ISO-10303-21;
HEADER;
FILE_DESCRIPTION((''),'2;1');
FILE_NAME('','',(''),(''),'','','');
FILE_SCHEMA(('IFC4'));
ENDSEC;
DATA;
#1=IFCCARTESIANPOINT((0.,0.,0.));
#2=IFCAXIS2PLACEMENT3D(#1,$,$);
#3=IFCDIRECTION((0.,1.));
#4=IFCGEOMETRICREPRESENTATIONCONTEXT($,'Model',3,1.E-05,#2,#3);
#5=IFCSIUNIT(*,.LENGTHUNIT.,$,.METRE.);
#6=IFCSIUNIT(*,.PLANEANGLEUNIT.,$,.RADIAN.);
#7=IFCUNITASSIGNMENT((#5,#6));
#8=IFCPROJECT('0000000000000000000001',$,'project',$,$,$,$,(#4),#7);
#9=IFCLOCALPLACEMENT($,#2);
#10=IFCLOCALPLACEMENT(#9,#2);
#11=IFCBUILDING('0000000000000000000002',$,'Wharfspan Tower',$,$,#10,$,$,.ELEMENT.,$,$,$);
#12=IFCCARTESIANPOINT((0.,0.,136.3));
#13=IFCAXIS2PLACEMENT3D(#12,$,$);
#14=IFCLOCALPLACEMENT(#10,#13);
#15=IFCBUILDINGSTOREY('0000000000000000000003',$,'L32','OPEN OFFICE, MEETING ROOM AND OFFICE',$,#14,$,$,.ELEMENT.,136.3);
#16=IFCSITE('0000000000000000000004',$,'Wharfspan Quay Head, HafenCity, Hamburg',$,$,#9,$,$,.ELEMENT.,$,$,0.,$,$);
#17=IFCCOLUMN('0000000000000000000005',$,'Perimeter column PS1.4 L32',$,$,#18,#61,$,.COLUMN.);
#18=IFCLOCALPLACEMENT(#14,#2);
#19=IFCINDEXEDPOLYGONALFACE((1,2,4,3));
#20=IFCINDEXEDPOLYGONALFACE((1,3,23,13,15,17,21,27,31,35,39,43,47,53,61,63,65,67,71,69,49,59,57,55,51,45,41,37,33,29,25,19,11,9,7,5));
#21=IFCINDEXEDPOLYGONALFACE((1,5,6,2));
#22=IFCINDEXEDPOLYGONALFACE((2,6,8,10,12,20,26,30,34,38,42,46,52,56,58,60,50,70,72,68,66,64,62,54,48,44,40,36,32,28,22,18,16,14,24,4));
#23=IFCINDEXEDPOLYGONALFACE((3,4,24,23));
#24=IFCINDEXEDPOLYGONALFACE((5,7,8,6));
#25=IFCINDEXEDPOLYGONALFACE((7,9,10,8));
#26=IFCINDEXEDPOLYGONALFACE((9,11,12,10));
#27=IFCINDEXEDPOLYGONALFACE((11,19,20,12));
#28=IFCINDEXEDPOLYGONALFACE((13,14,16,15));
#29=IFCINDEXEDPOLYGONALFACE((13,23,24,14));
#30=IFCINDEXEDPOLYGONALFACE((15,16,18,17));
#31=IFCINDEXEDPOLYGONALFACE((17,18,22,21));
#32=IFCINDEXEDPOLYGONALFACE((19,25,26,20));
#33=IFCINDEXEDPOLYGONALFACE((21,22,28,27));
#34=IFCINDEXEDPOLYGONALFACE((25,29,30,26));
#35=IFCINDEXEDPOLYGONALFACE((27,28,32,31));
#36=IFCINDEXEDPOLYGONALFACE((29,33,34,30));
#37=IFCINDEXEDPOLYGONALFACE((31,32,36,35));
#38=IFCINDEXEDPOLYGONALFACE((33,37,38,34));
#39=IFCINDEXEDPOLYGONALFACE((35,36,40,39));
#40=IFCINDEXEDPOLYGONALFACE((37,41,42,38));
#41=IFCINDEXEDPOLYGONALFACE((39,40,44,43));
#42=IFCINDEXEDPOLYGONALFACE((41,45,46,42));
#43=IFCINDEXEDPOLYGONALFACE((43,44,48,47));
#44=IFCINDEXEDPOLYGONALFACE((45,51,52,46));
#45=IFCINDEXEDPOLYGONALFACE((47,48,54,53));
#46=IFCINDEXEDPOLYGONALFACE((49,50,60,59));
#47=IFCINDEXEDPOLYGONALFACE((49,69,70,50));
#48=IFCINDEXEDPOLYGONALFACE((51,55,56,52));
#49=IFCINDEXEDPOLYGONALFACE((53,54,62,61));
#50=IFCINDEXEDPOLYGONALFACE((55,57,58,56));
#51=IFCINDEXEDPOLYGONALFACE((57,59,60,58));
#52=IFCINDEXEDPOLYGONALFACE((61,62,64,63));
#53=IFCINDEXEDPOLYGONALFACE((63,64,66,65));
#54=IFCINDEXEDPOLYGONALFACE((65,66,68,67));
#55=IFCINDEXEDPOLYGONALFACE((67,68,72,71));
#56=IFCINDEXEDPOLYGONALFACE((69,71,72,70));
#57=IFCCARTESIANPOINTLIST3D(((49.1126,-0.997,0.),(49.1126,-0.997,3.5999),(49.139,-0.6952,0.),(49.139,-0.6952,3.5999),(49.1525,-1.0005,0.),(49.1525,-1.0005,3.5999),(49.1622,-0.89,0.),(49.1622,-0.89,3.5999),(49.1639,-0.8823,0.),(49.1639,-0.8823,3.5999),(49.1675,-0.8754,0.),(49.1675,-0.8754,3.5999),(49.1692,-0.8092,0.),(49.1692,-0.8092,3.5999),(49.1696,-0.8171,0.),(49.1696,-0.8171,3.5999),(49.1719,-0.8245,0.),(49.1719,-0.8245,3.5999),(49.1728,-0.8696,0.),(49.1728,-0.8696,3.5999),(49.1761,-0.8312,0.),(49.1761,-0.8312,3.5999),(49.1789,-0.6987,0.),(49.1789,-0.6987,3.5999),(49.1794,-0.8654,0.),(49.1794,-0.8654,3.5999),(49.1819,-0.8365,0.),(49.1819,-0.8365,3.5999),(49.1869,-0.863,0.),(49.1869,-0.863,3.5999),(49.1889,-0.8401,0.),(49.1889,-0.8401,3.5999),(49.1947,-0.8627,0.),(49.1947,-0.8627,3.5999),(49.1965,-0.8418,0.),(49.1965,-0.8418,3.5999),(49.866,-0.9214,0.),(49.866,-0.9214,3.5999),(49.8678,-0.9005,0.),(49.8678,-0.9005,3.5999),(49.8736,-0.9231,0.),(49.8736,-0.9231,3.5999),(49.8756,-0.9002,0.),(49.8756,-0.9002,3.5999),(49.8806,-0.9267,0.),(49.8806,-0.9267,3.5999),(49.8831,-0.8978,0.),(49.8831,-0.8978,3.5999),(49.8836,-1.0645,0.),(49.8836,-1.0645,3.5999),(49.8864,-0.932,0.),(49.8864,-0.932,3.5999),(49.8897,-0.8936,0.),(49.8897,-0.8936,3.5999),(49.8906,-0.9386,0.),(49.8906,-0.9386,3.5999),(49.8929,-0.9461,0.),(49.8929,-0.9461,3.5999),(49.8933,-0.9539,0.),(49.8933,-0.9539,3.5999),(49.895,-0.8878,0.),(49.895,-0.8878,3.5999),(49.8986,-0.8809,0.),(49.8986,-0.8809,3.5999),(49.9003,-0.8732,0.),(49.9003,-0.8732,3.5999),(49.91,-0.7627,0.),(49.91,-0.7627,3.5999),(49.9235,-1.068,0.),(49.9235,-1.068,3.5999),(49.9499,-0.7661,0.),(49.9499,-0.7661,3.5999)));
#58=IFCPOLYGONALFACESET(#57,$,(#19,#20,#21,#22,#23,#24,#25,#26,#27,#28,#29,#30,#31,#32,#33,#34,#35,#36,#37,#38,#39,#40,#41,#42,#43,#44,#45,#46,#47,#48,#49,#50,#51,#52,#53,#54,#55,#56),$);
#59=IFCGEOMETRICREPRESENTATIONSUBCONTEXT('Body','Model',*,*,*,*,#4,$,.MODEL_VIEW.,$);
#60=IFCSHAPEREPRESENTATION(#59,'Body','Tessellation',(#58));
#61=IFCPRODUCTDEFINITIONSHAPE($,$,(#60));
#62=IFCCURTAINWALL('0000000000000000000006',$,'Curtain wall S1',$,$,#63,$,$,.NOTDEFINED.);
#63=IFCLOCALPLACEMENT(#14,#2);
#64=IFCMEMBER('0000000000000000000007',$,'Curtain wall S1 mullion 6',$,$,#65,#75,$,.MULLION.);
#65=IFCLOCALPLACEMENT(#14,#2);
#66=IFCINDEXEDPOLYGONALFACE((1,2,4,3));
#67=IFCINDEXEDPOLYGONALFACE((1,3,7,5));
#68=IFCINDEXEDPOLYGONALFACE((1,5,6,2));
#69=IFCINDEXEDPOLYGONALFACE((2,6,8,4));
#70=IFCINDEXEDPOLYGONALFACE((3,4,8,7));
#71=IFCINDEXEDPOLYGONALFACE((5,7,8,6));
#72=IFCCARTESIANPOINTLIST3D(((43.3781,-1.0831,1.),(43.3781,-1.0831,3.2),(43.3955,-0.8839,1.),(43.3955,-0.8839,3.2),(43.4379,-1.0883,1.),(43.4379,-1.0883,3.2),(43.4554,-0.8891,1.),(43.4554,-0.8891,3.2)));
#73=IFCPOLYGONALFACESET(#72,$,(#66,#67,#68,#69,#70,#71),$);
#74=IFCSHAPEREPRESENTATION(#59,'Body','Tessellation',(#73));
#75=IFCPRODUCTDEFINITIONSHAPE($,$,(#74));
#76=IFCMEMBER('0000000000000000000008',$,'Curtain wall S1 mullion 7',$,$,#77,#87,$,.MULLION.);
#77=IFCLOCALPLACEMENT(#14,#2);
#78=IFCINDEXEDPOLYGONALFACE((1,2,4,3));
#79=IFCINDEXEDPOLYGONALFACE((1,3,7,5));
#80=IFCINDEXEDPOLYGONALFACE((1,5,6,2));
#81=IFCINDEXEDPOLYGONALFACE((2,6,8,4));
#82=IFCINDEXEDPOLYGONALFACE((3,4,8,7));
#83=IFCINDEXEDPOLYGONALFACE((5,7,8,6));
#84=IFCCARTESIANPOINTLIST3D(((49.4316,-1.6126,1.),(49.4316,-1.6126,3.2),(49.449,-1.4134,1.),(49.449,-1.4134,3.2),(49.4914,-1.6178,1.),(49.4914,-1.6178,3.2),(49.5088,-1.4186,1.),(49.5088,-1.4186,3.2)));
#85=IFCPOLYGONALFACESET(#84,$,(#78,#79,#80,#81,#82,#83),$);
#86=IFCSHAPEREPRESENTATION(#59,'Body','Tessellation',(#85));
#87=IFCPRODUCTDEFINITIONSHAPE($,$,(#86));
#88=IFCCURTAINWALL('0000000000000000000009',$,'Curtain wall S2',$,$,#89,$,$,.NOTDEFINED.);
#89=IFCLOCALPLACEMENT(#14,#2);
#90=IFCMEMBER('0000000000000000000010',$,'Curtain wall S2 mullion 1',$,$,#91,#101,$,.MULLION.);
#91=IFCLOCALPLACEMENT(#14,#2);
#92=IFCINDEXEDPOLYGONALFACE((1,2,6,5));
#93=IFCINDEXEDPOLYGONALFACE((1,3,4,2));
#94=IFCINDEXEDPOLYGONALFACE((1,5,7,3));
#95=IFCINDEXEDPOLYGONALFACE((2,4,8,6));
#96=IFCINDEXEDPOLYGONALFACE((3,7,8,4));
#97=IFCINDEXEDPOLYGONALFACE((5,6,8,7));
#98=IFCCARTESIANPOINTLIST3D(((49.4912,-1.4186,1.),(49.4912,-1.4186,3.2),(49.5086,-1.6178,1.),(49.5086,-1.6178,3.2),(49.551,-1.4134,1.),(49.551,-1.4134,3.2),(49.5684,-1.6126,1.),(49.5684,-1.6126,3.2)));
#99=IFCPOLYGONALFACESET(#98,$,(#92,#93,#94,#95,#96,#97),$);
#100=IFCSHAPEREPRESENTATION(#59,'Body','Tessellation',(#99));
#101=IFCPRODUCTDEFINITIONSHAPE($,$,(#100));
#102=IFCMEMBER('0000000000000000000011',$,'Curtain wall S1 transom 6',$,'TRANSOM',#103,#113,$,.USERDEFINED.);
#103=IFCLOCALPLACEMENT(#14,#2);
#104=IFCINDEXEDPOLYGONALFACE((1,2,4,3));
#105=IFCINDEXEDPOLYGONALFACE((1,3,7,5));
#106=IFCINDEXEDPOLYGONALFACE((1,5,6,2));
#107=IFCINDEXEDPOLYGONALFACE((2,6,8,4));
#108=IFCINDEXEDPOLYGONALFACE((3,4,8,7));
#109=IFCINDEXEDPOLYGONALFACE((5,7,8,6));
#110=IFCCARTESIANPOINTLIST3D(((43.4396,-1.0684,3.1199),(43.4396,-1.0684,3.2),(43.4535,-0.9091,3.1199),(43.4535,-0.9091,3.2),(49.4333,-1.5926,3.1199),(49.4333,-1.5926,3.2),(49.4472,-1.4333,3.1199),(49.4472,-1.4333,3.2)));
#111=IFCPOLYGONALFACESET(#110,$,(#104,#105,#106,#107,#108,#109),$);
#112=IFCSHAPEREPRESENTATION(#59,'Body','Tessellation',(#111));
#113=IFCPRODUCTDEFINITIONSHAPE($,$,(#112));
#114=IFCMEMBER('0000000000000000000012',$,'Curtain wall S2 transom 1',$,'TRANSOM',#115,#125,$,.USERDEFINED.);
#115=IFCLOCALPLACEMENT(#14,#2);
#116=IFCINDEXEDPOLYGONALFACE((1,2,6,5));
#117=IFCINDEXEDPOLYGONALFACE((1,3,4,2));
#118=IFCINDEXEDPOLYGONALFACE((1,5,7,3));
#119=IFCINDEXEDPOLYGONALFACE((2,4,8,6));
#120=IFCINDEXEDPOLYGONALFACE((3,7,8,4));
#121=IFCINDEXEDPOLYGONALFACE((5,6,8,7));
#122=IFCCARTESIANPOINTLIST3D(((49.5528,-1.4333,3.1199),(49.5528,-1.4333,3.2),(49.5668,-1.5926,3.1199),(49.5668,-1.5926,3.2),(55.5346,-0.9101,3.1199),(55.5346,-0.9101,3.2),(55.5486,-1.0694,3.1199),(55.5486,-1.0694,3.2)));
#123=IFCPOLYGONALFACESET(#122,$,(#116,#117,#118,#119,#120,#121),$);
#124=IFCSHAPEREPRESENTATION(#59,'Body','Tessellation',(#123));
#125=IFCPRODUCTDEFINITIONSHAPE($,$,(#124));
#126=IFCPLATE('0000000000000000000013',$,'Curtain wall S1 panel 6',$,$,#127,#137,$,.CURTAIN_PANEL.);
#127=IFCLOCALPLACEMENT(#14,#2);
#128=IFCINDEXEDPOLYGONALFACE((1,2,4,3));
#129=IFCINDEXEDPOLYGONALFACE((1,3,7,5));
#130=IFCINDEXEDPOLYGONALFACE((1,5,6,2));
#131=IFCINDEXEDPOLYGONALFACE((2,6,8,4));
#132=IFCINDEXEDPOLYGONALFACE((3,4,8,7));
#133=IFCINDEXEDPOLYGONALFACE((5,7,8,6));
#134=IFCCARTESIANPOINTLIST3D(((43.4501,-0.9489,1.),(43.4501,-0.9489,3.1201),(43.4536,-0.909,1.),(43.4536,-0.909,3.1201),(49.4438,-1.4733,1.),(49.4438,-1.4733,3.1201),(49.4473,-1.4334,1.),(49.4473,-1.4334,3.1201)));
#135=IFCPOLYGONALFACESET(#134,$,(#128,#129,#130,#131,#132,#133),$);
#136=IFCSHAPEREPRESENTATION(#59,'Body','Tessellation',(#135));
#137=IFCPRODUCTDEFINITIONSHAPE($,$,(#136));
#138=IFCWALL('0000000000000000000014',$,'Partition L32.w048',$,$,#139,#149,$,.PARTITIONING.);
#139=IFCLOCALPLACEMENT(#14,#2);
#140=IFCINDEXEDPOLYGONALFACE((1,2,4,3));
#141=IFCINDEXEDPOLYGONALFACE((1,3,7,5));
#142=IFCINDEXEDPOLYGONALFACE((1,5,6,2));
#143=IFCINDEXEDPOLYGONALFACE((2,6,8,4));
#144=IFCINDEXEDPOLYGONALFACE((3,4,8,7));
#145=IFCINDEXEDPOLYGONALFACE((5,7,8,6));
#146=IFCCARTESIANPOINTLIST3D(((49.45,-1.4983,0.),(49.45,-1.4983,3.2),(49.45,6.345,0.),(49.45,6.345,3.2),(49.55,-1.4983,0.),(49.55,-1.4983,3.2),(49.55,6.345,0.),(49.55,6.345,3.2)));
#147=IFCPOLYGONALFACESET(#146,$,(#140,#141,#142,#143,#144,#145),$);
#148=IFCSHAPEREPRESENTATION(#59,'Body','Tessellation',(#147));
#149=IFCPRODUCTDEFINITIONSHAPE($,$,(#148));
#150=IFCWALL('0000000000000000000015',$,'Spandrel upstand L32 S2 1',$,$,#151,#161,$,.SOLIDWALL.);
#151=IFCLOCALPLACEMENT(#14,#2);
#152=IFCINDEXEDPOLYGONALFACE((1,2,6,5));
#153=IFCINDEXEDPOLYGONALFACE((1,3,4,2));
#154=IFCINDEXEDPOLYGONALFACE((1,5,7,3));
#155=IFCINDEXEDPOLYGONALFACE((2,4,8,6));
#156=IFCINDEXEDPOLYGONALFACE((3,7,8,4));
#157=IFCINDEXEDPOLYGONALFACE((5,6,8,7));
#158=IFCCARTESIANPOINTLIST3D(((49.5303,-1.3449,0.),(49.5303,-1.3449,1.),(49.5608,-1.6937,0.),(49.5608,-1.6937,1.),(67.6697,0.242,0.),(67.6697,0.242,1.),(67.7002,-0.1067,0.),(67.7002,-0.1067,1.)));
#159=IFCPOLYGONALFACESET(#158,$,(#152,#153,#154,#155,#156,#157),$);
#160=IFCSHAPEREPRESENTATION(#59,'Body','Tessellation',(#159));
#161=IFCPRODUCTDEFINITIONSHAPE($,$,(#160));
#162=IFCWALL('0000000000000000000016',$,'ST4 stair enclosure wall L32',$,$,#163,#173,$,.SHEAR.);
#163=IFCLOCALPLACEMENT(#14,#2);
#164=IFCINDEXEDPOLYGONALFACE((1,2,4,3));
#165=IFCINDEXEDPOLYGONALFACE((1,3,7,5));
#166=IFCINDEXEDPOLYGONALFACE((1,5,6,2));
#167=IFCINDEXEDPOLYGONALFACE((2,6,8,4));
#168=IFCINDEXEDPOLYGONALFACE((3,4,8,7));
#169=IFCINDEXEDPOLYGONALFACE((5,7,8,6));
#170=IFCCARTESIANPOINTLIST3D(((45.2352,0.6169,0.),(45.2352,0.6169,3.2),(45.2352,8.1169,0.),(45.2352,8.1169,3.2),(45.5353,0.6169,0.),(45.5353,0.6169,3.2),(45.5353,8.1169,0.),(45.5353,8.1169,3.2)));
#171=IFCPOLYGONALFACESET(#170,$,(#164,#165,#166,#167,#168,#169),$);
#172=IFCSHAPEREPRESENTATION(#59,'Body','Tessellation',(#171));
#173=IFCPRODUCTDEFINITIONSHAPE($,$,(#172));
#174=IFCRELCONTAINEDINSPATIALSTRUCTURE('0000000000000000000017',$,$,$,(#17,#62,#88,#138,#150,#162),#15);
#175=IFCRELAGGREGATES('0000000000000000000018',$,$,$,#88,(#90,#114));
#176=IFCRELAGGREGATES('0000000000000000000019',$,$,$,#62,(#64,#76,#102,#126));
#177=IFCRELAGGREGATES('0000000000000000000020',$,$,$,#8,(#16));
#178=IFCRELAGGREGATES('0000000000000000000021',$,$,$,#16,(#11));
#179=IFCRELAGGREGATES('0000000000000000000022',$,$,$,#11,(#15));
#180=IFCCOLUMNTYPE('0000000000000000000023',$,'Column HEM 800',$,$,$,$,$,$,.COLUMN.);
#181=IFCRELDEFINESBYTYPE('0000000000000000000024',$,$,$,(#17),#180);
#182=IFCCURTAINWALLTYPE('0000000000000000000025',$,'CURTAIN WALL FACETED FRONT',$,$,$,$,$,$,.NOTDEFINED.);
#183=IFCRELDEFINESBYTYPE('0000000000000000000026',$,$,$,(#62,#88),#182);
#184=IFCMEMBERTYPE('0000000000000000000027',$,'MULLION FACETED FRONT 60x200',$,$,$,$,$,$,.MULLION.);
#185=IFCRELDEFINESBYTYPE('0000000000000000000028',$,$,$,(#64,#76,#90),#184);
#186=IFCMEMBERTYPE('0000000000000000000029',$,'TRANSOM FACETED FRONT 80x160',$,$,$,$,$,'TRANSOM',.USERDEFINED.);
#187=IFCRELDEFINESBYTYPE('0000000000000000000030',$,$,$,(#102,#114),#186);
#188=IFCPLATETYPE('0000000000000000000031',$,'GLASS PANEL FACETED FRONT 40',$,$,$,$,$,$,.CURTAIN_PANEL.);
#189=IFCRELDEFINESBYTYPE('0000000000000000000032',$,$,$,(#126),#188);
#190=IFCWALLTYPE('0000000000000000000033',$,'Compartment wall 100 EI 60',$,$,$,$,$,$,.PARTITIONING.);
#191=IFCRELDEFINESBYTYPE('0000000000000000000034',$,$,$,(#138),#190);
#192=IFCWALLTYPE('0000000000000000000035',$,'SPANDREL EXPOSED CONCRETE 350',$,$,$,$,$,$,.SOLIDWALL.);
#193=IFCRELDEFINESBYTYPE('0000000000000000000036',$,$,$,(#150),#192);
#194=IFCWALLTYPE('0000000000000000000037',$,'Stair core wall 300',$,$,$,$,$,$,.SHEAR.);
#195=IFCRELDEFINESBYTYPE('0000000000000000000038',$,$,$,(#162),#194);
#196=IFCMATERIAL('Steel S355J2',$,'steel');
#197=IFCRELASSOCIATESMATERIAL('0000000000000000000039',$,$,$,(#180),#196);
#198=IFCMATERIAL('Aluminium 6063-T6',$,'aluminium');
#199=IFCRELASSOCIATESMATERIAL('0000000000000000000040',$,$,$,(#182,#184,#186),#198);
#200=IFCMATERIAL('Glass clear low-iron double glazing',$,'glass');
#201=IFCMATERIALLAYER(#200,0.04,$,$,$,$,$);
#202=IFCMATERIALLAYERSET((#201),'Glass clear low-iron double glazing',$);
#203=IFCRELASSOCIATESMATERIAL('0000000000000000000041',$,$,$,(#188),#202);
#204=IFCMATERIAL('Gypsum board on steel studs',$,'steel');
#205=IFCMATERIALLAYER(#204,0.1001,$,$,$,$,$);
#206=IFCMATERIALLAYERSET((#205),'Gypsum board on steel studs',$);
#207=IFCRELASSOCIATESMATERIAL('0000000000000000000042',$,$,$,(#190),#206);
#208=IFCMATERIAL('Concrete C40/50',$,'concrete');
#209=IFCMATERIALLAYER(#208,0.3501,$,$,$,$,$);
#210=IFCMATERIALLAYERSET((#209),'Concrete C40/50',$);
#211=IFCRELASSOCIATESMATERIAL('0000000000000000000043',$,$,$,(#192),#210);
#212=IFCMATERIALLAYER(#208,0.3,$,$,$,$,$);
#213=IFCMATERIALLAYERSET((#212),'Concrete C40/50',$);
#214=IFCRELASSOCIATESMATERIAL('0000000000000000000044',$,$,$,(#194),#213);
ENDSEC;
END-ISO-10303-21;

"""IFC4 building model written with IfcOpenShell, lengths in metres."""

from ifc_helpers import new_model, si_unit, direction, frame, frame_2d, origin, origin_2d, place, context, subcontext, project, spatial, rectangle, i_section, extrude, material, layer, layer_set, material_profile, profile_set, type_object, element, aggregate, save


model = new_model("IFC4")

# Units and contexts
model_context = context("Model", 3, precision=1e-05, world=origin(), true_north=direction((0.0, 1.0)))
body_context = subcontext(model_context, "Body", "Model", "MODEL_VIEW")
ifc_project = project(units=[si_unit("LENGTHUNIT", "METRE"), si_unit("PLANEANGLEUNIT", "RADIAN")], contexts=[model_context])

# Site, building, storey
site_placement = place(None, origin())
site = spatial("IfcSite", under=ifc_project, at=site_placement, Name="Wharfspan Quay Head, HafenCity, Hamburg", CompositionType="ELEMENT", RefElevation=0.0)
building_placement = place(site_placement, origin())
building = spatial("IfcBuilding", under=site, at=building_placement, Name="Wharfspan Tower", CompositionType="ELEMENT")
storey_placement = place(building_placement, frame((0.0, 0.0, 136.3)))
storey = spatial("IfcBuildingStorey", under=building, at=storey_placement, Name="L32", Description="OPEN OFFICE, MEETING ROOM AND OFFICE", CompositionType="ELEMENT", Elevation=136.3)

# Column
ifc_material_1 = material(Name="Steel S355J2", Category="steel")
ifc_material_profile_1 = material_profile(ifc_material_1, i_section(OverallWidth=0.303, OverallDepth=0.814, WebThickness=0.021, FlangeThickness=0.04, FilletRadius=0.03, at=origin_2d()))
ifc_profile_set_1 = profile_set([ifc_material_profile_1], Name="Steel S355J2")
column_type = type_object("IfcColumnType", Name="Column HEM 800", PredefinedType="COLUMN", material=ifc_profile_set_1)
column_placement = place(storey_placement, frame((49.5312, -0.8816, 0.0), z_axis=(0.0, 0.0, 1.0), x_axis=(-0.087156, -0.996198, 0.0)))
element("IfcColumn", 1, at=column_placement, inside=storey, type_object=column_type, Name="Perimeter column PS1.4 L32", PredefinedType="COLUMN", context=body_context, shape_type="SweptSolid", body=[
    extrude(i_section(OverallWidth=0.303, OverallDepth=0.814, WebThickness=0.021, FlangeThickness=0.04, FilletRadius=0.03, at=origin_2d()), origin(), (0.0, 0.0, 1.0), 3.5999),
])

# Curtain wall, members
ifc_material_2 = material(Name="Aluminium 6063-T6", Category="aluminium")
curtain_wall_type = type_object("IfcCurtainWallType", Name="CURTAIN WALL FACETED FRONT", PredefinedType="NOTDEFINED", material=ifc_material_2)
curtain_wall_1_placement = place(storey_placement, origin())
curtain_wall_1 = element("IfcCurtainWall", 2, at=curtain_wall_1_placement, inside=storey, type_object=curtain_wall_type, Name="Curtain wall S1", PredefinedType="NOTDEFINED")
ifc_material_profile_2 = material_profile(ifc_material_2, rectangle(XDim=0.2, YDim=0.0601, at=origin_2d()))
ifc_profile_set_2 = profile_set([ifc_material_profile_2], Name="Aluminium 6063-T6")
member_type_1 = type_object("IfcMemberType", Name="MULLION FACETED FRONT 60x200", PredefinedType="MULLION", material=ifc_profile_set_2)
member_1_placement = place(storey_placement, frame((43.4167, -0.9861, 1.0), z_axis=(0.0, 0.0, 1.0), x_axis=(0.087156, 0.996198, 0.0)))
member_1 = element("IfcMember", 3, at=member_1_placement, type_object=member_type_1, Name="Curtain wall S1 mullion 6", PredefinedType="MULLION", context=body_context, shape_type="SweptSolid", body=[
    extrude(rectangle(XDim=0.2, YDim=0.0601, at=origin_2d()), origin(), (0.0, 0.0, 1.0), 2.2),
])
member_2_placement = place(storey_placement, frame((49.4702, -1.5156, 1.0), z_axis=(0.0, 0.0, 1.0), x_axis=(0.087156, 0.996198, 0.0)))
member_2 = element("IfcMember", 4, at=member_2_placement, type_object=member_type_1, Name="Curtain wall S1 mullion 7", PredefinedType="MULLION", context=body_context, shape_type="SweptSolid", body=[
    extrude(rectangle(XDim=0.2, YDim=0.0601, at=origin_2d()), origin(), (0.0, 0.0, 1.0), 2.2),
])

# Curtain wall, member
curtain_wall_2_placement = place(storey_placement, origin())
curtain_wall_2 = element("IfcCurtainWall", 5, at=curtain_wall_2_placement, inside=storey, type_object=curtain_wall_type, Name="Curtain wall S2", PredefinedType="NOTDEFINED")
member_3_placement = place(storey_placement, frame((49.5298, -1.5156, 1.0), z_axis=(0.0, 0.0, 1.0), x_axis=(-0.087156, 0.996198, 0.0)))
member_3 = element("IfcMember", 6, at=member_3_placement, type_object=member_type_1, Name="Curtain wall S2 mullion 1", PredefinedType="MULLION", context=body_context, shape_type="SweptSolid", body=[
    extrude(rectangle(XDim=0.2, YDim=0.0601, at=origin_2d()), origin(), (0.0, 0.0, 1.0), 2.2),
])

# Members
ifc_material_profile_3 = material_profile(ifc_material_2, rectangle(XDim=0.1599, YDim=0.0801, at=origin_2d()))
ifc_profile_set_3 = profile_set([ifc_material_profile_3], Name="Aluminium 6063-T6")
member_type_2 = type_object("IfcMemberType", Name="TRANSOM FACETED FRONT 80x160", ElementType="TRANSOM", PredefinedType="USERDEFINED", material=ifc_profile_set_3)
member_4_placement = place(storey_placement, frame((43.4465, -0.9888, 3.1599), z_axis=(0.996198, -0.087122, 0.0), x_axis=(0.087122, 0.996198, 0.0)))
member_4 = element("IfcMember", 7, at=member_4_placement, type_object=member_type_2, Name="Curtain wall S1 transom 6", ObjectType="TRANSOM", PredefinedType="USERDEFINED", context=body_context, shape_type="SweptSolid", body=[
    extrude(rectangle(XDim=0.1599, YDim=0.0801, at=origin_2d()), origin(), (0.0, 0.0, 1.0), 6.0166),
])
member_5_placement = place(storey_placement, frame((49.5598, -1.5129, 3.1599), z_axis=(0.996197, 0.087133, 0.0), x_axis=(-0.087133, 0.996197, 0.0)))
member_5 = element("IfcMember", 8, at=member_5_placement, type_object=member_type_2, Name="Curtain wall S2 transom 1", ObjectType="TRANSOM", PredefinedType="USERDEFINED", context=body_context, shape_type="SweptSolid", body=[
    extrude(rectangle(XDim=0.1599, YDim=0.0801, at=origin_2d()), origin(), (0.0, 0.0, 1.0), 6.0046),
])
aggregate(curtain_wall_2, [member_3, member_5])

# Plate
ifc_material_3 = material(Name="Glass clear low-iron double glazing", Category="glass")
ifc_layer_1 = layer(ifc_material_3, 0.04)
ifc_layer_set_1 = layer_set([ifc_layer_1], Name="Glass clear low-iron double glazing")
plate_type = type_object("IfcPlateType", Name="GLASS PANEL FACETED FRONT 40", PredefinedType="CURTAIN_PANEL", material=ifc_layer_set_1)
plate_placement = place(storey_placement, frame((46.4487, -1.1912, 1.0), z_axis=(0.0, 0.0, 1.0), x_axis=(0.996198, -0.087156, 0.0)))
plate = element("IfcPlate", 9, at=plate_placement, type_object=plate_type, Name="Curtain wall S1 panel 6", PredefinedType="CURTAIN_PANEL", context=body_context, shape_type="SweptSolid", body=[
    extrude(rectangle(XDim=6.0166, YDim=0.04, at=origin_2d()), origin(), (0.0, 0.0, 1.0), 2.1201),
])
aggregate(curtain_wall_1, [member_1, member_2, member_4, plate])

# Walls
ifc_material_4 = material(Name="Gypsum board on steel studs", Category="steel")
ifc_layer_2 = layer(ifc_material_4, 0.1001)
ifc_layer_set_2 = layer_set([ifc_layer_2], Name="Gypsum board on steel studs")
wall_type_1 = type_object("IfcWallType", Name="Compartment wall 100 EI 60", PredefinedType="PARTITIONING", material=ifc_layer_set_2)
wall_1_placement = place(storey_placement, frame((49.5, -1.4983, 0.0), z_axis=(0.0, 0.0, 1.0), x_axis=(0.0, 1.0, 0.0)))
element("IfcWall", 10, at=wall_1_placement, inside=storey, type_object=wall_type_1, Name="Partition L32.w048", PredefinedType="PARTITIONING", context=body_context, shape_type="SweptSolid", body=[
    extrude(rectangle(XDim=7.8433, YDim=0.1001, at=frame_2d((3.9216, 0.0))), origin(), (0.0, 0.0, 1.0), 3.2),
])
ifc_material_5 = material(Name="Concrete C40/50", Category="concrete")
ifc_layer_3 = layer(ifc_material_5, 0.3501)
ifc_layer_set_3 = layer_set([ifc_layer_3], Name="Concrete C40/50")
wall_type_2 = type_object("IfcWallType", Name="SPANDREL EXPOSED CONCRETE 350", PredefinedType="SOLIDWALL", material=ifc_layer_set_3)
wall_2_placement = place(storey_placement, frame((49.5454, -1.5193, 0.0), z_axis=(0.0, 0.0, 1.0), x_axis=(0.996191, 0.087151, 0.0)))
element("IfcWall", 11, at=wall_2_placement, inside=storey, type_object=wall_type_2, Name="Spandrel upstand L32 S2 1", PredefinedType="SOLIDWALL", context=body_context, shape_type="SweptSolid", body=[
    extrude(rectangle(XDim=18.2087, YDim=0.3501, at=frame_2d((9.1045, 0.0))), origin(), (0.0, 0.0, 1.0), 1.0),
])
ifc_layer_4 = layer(ifc_material_5, 0.3)
ifc_layer_set_4 = layer_set([ifc_layer_4], Name="Concrete C40/50")
wall_type_3 = type_object("IfcWallType", Name="Stair core wall 300", PredefinedType="SHEAR", material=ifc_layer_set_4)
wall_3_placement = place(storey_placement, frame((45.3853, 0.6169, 0.0), z_axis=(0.0, 0.0, 1.0), x_axis=(0.0, 1.0, 0.0)))
element("IfcWall", 12, at=wall_3_placement, inside=storey, type_object=wall_type_3, Name="ST4 stair enclosure wall L32", PredefinedType="SHEAR", context=body_context, shape_type="SweptSolid", body=[
    extrude(rectangle(XDim=7.5, YDim=0.3, at=frame_2d((3.75, 0.0))), origin(), (0.0, 0.0, 1.0), 3.2),
])

save(model, "model.ifc")
